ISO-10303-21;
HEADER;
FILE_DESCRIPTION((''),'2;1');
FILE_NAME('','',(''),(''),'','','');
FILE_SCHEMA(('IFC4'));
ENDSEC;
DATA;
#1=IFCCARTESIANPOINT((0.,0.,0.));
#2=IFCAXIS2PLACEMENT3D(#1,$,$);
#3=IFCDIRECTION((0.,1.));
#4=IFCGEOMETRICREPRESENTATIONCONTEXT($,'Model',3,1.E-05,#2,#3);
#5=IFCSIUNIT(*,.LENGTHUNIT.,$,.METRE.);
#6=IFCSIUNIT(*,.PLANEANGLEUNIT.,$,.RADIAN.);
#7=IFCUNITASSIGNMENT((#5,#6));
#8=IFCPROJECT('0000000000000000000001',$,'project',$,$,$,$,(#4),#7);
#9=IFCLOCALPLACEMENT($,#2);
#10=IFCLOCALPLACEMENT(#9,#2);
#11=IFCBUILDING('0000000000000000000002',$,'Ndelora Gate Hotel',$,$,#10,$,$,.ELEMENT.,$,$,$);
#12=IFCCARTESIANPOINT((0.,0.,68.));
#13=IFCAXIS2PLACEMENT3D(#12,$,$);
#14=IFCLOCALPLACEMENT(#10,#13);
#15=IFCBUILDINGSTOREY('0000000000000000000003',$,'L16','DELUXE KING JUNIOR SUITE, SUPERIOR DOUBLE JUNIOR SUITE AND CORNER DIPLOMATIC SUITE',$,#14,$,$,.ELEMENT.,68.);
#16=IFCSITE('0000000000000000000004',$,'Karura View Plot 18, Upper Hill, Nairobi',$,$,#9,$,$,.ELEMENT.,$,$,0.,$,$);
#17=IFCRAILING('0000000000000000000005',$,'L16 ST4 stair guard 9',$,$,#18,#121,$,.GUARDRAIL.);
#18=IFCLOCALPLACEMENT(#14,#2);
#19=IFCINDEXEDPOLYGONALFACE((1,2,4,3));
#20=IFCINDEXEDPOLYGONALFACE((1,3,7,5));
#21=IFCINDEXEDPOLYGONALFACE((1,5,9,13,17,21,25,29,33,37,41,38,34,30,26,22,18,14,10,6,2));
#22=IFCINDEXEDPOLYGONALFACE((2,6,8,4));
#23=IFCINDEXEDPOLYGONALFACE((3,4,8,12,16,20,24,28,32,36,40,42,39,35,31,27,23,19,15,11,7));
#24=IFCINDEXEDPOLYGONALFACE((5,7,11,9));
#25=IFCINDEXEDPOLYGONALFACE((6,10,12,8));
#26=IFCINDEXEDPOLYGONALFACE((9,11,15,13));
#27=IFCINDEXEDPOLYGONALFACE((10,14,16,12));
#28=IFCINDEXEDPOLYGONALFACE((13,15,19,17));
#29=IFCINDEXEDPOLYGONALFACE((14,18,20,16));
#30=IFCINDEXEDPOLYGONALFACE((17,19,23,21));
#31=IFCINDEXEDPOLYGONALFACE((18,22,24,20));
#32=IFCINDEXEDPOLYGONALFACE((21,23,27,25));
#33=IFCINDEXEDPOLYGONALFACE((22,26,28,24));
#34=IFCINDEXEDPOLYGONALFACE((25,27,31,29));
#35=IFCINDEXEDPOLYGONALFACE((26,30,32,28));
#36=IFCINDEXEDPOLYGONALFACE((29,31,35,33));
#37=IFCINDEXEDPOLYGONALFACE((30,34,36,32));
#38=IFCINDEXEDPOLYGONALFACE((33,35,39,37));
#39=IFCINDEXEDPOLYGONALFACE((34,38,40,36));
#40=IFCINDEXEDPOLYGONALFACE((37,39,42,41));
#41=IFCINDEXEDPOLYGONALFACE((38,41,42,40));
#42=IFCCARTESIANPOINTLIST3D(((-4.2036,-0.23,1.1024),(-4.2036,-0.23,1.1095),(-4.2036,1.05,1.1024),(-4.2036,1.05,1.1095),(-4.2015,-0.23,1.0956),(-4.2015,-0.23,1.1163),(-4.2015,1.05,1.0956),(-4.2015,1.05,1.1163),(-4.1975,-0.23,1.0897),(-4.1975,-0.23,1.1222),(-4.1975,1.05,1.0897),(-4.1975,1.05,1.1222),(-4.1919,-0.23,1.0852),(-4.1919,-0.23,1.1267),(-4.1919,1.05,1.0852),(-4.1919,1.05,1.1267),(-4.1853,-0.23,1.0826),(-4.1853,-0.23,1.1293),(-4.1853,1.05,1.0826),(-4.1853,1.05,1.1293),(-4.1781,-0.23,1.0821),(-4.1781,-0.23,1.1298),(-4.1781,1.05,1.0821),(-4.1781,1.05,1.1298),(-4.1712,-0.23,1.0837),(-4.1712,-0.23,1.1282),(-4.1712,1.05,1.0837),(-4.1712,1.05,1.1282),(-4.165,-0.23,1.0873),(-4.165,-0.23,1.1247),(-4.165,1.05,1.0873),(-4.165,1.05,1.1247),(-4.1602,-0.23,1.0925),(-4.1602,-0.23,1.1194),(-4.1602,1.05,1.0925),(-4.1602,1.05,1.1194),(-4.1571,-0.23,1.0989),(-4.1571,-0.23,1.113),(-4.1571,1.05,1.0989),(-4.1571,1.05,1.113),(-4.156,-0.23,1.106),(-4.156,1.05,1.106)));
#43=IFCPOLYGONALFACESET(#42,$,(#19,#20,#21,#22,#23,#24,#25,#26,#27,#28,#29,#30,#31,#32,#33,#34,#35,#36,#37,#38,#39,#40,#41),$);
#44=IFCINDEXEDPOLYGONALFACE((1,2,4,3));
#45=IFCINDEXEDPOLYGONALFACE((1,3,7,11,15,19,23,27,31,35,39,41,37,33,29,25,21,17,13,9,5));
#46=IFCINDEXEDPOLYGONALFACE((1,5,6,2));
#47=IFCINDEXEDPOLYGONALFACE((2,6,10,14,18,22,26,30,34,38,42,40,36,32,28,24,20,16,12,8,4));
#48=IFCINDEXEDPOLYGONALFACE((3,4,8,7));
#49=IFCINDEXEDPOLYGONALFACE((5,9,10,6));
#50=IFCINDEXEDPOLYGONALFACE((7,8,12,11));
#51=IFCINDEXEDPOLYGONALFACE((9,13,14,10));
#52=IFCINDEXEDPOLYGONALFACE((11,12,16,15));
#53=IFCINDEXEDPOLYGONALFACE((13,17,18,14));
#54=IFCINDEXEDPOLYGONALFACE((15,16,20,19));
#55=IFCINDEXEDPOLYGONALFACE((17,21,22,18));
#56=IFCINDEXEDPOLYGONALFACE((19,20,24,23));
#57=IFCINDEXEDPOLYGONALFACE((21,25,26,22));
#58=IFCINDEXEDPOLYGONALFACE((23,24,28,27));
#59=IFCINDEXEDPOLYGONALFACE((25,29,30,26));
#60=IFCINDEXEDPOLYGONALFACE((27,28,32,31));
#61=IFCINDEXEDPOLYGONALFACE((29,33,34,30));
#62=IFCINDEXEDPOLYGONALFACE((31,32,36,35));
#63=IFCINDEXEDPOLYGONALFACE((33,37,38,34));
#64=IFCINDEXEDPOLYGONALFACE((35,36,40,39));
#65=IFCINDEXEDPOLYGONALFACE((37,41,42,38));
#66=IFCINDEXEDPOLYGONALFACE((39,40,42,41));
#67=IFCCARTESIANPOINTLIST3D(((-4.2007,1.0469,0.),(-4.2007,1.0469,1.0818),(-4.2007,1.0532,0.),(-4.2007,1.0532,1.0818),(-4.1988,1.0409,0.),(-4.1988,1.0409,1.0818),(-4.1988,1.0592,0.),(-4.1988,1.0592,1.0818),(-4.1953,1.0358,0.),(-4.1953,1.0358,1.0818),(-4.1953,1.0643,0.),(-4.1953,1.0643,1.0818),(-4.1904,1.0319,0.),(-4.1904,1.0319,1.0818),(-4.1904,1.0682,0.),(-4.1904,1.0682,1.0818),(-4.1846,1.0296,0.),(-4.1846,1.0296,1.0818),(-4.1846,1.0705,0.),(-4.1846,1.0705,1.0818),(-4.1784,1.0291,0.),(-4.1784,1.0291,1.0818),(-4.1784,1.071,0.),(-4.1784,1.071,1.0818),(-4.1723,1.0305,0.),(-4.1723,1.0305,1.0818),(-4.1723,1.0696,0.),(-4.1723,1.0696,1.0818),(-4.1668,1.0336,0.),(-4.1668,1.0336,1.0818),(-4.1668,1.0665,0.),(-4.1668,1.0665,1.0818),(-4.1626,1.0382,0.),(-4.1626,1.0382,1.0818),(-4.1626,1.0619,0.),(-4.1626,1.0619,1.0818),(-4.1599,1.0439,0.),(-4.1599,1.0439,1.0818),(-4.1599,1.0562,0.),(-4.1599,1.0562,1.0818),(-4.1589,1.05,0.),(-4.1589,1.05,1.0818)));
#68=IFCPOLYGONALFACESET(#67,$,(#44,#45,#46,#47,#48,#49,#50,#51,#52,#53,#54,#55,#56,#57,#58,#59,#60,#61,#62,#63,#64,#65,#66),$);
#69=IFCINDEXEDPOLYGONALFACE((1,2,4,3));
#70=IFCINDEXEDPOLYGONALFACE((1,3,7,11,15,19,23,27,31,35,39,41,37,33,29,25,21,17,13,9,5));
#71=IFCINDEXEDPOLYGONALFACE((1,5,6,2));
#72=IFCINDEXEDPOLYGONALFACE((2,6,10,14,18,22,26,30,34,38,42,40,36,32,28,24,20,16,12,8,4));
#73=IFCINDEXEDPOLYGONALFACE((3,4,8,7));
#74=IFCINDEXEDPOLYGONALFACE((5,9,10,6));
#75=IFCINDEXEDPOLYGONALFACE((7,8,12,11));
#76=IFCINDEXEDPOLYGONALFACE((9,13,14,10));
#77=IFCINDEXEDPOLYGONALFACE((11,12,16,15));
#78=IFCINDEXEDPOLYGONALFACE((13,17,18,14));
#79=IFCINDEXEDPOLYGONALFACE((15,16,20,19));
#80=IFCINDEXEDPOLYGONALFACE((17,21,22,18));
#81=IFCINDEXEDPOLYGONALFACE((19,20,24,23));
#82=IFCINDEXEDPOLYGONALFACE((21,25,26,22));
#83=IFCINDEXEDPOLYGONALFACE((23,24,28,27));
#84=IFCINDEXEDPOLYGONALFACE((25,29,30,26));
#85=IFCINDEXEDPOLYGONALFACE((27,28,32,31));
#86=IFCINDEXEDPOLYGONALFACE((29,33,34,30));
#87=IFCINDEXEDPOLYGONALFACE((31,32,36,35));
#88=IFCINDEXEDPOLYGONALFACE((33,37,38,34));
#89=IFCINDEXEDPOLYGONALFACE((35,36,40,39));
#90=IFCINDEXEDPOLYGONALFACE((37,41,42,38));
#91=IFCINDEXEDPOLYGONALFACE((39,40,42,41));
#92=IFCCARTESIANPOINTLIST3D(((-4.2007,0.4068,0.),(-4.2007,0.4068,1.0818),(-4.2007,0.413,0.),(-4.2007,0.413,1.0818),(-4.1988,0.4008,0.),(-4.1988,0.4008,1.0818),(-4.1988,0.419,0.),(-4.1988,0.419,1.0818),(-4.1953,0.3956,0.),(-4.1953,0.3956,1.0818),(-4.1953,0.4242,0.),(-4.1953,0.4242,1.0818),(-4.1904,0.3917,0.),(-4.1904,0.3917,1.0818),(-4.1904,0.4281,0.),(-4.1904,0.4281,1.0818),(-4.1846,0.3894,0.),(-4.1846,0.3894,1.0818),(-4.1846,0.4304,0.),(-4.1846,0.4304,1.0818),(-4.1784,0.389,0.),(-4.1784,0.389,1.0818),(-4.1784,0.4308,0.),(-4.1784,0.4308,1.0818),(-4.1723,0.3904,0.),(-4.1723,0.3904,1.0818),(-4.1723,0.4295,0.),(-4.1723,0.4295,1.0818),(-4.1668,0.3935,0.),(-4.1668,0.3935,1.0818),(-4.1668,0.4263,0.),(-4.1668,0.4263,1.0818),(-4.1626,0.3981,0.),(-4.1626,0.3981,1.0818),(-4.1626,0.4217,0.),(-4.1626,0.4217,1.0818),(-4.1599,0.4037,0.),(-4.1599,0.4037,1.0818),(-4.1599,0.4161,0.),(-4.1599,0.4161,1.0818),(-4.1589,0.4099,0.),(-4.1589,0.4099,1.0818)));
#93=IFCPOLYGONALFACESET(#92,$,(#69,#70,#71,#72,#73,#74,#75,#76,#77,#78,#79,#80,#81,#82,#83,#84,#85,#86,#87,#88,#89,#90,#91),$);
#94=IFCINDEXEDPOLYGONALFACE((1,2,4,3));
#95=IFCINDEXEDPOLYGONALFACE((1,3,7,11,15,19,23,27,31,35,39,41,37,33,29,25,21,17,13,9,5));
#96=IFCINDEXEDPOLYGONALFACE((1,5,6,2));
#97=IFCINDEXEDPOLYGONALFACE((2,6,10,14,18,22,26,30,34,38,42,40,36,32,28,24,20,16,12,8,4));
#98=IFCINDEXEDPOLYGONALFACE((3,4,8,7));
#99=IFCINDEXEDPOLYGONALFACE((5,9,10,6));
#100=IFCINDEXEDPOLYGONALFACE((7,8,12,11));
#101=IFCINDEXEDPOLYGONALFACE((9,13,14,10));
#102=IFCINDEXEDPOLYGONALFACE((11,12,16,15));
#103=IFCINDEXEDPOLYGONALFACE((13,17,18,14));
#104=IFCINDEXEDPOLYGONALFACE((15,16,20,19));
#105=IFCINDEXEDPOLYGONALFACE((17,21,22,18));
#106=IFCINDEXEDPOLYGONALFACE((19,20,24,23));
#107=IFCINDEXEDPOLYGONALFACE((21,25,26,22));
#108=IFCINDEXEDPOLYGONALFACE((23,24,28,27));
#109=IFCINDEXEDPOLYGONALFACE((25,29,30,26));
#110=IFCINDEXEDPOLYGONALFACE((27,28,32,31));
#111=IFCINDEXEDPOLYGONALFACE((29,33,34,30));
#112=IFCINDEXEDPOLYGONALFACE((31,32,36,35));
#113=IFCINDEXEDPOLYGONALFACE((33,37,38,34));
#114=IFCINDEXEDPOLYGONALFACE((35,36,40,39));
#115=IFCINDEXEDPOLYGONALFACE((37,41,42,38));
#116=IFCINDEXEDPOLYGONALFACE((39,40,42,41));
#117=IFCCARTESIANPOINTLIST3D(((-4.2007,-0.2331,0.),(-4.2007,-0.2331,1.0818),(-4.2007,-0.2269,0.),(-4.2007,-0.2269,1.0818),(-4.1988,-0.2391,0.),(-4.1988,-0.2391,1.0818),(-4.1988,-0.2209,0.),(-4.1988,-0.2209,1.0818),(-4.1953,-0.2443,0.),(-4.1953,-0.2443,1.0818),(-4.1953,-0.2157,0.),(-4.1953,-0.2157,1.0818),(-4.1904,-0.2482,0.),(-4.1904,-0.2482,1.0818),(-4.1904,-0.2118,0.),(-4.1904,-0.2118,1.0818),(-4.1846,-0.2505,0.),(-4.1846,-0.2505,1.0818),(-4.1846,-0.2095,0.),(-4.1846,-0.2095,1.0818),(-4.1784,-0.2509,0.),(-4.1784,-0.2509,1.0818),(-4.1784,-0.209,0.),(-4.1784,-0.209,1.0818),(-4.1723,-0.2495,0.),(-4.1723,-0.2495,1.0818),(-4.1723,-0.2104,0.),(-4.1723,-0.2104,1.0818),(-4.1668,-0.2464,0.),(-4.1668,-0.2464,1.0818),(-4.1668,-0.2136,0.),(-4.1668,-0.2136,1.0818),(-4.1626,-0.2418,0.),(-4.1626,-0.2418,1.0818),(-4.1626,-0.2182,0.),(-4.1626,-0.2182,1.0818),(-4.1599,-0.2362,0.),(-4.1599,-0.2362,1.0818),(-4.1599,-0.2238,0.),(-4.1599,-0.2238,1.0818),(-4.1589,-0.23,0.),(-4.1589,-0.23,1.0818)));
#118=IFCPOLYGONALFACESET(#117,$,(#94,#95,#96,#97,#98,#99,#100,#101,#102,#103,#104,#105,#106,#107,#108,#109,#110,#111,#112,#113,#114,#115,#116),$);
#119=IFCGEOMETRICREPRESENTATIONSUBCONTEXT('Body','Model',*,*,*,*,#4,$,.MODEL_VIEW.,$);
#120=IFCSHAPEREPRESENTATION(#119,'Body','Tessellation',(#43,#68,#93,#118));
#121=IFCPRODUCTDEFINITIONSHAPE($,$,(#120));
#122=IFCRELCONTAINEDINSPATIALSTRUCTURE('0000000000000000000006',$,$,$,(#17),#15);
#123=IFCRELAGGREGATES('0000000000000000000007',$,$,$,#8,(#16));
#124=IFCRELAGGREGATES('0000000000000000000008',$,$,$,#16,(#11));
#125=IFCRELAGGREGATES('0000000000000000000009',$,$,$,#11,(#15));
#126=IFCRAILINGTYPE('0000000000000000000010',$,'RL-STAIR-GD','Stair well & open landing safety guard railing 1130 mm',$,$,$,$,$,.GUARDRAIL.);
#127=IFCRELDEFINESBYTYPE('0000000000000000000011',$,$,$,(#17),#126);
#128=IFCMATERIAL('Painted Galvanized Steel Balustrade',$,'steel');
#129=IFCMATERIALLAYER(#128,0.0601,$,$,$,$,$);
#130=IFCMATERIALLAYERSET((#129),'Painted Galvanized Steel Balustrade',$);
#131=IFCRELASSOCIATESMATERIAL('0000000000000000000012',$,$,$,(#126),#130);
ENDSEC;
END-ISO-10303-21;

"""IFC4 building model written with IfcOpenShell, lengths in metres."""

from ifc_helpers import new_model, si_unit, direction, frame, origin, origin_2d, place, context, subcontext, project, spatial, circle, extrude, material, layer, layer_set, type_object, element, save


model = new_model("IFC4")

# Units and contexts
model_context = context("Model", 3, precision=1e-05, world=origin(), true_north=direction((0.0, 1.0)))
body_context = subcontext(model_context, "Body", "Model", "MODEL_VIEW")
ifc_project = project(units=[si_unit("LENGTHUNIT", "METRE"), si_unit("PLANEANGLEUNIT", "RADIAN")], contexts=[model_context])

# Site, building, storey
site_placement = place(None, origin())
site = spatial("IfcSite", under=ifc_project, at=site_placement, Name="Karura View Plot 18, Upper Hill, Nairobi", CompositionType="ELEMENT", RefElevation=0.0)
building_placement = place(site_placement, origin())
building = spatial("IfcBuilding", under=site, at=building_placement, Name="Ndelora Gate Hotel", CompositionType="ELEMENT")
storey_placement = place(building_placement, frame((0.0, 0.0, 68.0)))
storey = spatial("IfcBuildingStorey", under=building, at=storey_placement, Name="L16", Description="DELUXE KING JUNIOR SUITE, SUPERIOR DOUBLE JUNIOR SUITE AND CORNER DIPLOMATIC SUITE", CompositionType="ELEMENT", Elevation=68.0)

# Railing
ifc_material_1 = material(Name="Painted Galvanized Steel Balustrade", Category="steel")
ifc_layer_1 = layer(ifc_material_1, 0.0601)
ifc_layer_set_1 = layer_set([ifc_layer_1], Name="Painted Galvanized Steel Balustrade")
railing_type = type_object("IfcRailingType", Name="RL-STAIR-GD", Description="Stair well & open landing safety guard railing 1130 mm", PredefinedType="GUARDRAIL", material=ifc_layer_set_1)
for number, where, name in (
    (1, (-4.1799, 1.05, 0.0), "L16 ST4 stair guard 9"),
):
    element("IfcRailing", number, at=place(storey_placement, frame(where)), inside=storey, type_object=railing_type, Name=name, PredefinedType="GUARDRAIL", context=body_context, shape_type="SweptSolid", body=[
        extrude(circle(Radius=0.0239, at=origin_2d()), frame((0.0, 0.0, 1.106), z_axis=(0.0, -1.0, 0.0), x_axis=(1.0, 0.0, 0.0)), (0.0, 0.0, 1.0), 1.28),
        extrude(circle(Radius=0.021, at=origin_2d()), origin(), (0.0, 0.0, 1.0), 1.0818),
        extrude(circle(Radius=0.021, at=origin_2d()), frame((0.0, -0.6401, 0.0)), (0.0, 0.0, 1.0), 1.0818),
        extrude(circle(Radius=0.021, at=origin_2d()), frame((0.0, -1.28, 0.0)), (0.0, 0.0, 1.0), 1.0818),
    ])

save(model, "model.ifc")
